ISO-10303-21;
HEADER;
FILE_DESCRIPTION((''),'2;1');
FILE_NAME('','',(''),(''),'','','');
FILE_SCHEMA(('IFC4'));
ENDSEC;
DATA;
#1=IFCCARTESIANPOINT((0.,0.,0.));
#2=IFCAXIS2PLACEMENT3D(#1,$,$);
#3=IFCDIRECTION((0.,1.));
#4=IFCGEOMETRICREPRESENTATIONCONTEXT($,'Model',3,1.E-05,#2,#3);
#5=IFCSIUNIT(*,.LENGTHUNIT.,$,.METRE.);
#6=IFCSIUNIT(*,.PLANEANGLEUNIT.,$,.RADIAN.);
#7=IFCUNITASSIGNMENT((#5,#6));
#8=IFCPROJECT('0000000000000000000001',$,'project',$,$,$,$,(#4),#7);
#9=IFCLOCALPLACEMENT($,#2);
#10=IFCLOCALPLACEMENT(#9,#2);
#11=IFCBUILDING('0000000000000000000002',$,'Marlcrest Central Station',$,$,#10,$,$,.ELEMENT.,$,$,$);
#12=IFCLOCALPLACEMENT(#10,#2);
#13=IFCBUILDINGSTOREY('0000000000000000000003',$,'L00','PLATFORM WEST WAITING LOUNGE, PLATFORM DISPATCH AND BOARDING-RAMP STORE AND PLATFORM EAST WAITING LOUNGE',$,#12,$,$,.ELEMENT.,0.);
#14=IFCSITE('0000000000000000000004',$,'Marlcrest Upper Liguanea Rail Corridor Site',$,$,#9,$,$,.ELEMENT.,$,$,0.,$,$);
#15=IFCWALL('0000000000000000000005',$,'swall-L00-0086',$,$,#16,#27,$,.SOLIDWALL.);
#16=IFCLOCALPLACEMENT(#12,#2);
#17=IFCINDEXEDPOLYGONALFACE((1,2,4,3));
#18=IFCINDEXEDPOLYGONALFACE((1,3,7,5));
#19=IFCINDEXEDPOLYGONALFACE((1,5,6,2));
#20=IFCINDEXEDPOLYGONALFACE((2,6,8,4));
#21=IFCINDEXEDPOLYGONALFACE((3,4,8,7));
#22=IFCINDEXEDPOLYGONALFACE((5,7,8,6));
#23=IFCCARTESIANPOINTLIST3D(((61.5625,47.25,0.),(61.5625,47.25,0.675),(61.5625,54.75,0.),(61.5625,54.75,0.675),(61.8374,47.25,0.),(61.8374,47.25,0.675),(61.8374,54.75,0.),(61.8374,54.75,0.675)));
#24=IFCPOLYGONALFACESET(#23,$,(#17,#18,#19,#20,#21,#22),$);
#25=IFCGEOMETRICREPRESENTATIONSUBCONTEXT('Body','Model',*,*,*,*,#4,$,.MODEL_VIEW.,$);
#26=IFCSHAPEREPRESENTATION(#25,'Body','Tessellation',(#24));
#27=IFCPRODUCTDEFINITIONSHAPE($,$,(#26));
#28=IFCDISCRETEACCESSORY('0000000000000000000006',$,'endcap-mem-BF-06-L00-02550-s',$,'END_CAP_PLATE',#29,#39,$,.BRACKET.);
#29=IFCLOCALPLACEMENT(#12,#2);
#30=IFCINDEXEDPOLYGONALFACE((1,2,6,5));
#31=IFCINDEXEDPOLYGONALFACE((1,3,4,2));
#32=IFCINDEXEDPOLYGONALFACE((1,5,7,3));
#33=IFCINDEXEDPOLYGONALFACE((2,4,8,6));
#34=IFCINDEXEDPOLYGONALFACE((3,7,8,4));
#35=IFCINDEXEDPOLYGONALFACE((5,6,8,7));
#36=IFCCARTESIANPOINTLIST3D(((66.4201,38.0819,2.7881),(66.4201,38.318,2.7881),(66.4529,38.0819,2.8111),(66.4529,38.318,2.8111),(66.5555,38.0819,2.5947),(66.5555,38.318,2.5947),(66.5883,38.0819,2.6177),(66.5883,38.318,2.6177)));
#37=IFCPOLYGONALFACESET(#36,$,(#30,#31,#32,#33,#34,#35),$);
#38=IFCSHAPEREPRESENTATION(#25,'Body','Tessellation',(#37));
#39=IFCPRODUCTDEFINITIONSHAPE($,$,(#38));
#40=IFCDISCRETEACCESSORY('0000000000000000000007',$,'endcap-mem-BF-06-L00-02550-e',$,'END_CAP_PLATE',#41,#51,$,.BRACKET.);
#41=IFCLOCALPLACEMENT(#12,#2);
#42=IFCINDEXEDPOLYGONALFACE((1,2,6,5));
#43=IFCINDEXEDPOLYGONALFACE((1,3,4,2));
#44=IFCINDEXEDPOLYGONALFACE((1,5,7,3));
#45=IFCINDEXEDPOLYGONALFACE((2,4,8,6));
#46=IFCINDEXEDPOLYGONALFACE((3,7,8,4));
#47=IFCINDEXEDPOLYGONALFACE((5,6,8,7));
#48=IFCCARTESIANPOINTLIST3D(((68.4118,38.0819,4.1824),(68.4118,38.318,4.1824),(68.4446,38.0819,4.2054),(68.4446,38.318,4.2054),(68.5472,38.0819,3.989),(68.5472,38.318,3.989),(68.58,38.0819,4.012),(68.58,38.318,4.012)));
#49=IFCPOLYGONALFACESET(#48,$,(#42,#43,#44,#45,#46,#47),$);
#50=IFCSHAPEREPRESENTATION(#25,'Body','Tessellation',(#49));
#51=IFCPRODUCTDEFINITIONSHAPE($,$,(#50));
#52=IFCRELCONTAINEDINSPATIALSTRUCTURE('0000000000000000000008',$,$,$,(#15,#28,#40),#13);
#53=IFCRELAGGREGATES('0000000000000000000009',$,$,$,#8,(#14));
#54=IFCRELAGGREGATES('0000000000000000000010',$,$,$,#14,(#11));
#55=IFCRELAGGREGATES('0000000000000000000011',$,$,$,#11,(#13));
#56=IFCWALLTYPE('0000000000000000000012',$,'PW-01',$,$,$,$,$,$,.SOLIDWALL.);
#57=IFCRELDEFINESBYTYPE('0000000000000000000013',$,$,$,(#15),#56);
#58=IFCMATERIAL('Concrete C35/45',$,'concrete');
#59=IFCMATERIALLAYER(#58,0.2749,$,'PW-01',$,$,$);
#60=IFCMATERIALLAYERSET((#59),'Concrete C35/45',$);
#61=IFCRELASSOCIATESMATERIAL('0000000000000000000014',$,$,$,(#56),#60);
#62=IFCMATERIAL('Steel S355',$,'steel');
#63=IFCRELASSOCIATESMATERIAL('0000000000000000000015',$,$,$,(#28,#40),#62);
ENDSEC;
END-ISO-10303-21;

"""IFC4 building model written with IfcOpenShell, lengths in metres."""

from ifc_helpers import new_model, si_unit, direction, frame, frame_2d, origin, origin_2d, place, context, subcontext, project, spatial, rectangle, extrude, material, layer, layer_set, type_object, element, save


model = new_model("IFC4")

# Units and contexts
model_context = context("Model", 3, precision=1e-05, world=origin(), true_north=direction((0.0, 1.0)))
body_context = subcontext(model_context, "Body", "Model", "MODEL_VIEW")
ifc_project = project(units=[si_unit("LENGTHUNIT", "METRE"), si_unit("PLANEANGLEUNIT", "RADIAN")], contexts=[model_context])

# Site, building, storey
site_placement = place(None, origin())
site = spatial("IfcSite", under=ifc_project, at=site_placement, Name="Marlcrest Upper Liguanea Rail Corridor Site", CompositionType="ELEMENT", RefElevation=0.0)
building_placement = place(site_placement, origin())
building = spatial("IfcBuilding", under=site, at=building_placement, Name="Marlcrest Central Station", CompositionType="ELEMENT")
storey_placement = place(building_placement, origin())
storey = spatial("IfcBuildingStorey", under=building, at=storey_placement, Name="L00", Description="PLATFORM WEST WAITING LOUNGE, PLATFORM DISPATCH AND BOARDING-RAMP STORE AND PLATFORM EAST WAITING LOUNGE", CompositionType="ELEMENT", Elevation=0.0)

# Shared definitions
ifc_material_1 = material(Name="Steel S355", Category="steel")

# Shared definitions
ifc_material_2 = material(Name="Concrete C35/45", Category="concrete")

# Wall
ifc_layer_1 = layer(ifc_material_2, 0.2749, Name="PW-01")
ifc_layer_set_1 = layer_set([ifc_layer_1], Name="Concrete C35/45")
wall_type_1 = type_object("IfcWallType", Name="PW-01", PredefinedType="SOLIDWALL", material=ifc_layer_set_1)
for number, where, z_axis, x_axis, name in (
    (1, (61.7, 47.25, 0.0), (0.0, 0.0, 1.0), (0.0, 1.0, 0.0), "swall-L00-0086"),
):
    element("IfcWall", number, at=place(storey_placement, frame(where, z_axis=z_axis, x_axis=x_axis)), inside=storey, type_object=wall_type_1, Name=name, PredefinedType="SOLIDWALL", context=body_context, shape_type="SweptSolid", body=[
        extrude(rectangle(XDim=7.5, YDim=0.2749, at=frame_2d((3.75, 0.0))), origin(), (0.0, 0.0, 1.0), 0.675),
    ])

# Discrete accessories
for number, where, z_axis, x_axis, name in (
    (2, (66.4878, 38.2, 2.6914), (0.819204, 0.0, 0.573503), (0.0, 1.0, 0.0), "endcap-mem-BF-06-L00-02550-s"),
    (3, (68.4795, 38.2, 4.0857), (0.819204, 0.0, 0.573503), (0.0, 1.0, 0.0), "endcap-mem-BF-06-L00-02550-e"),
):
    element("IfcDiscreteAccessory", number, at=place(storey_placement, frame(where, z_axis=z_axis, x_axis=x_axis)), inside=storey, material=ifc_material_1, Name=name, ObjectType="END_CAP_PLATE", PredefinedType="BRACKET", context=body_context, shape_type="SweptSolid", body=[
        extrude(rectangle(XDim=0.2361, YDim=0.2361, at=origin_2d()), origin(), (0.0, 0.0, 1.0), 0.04),
    ])

save(model, "model.ifc")
